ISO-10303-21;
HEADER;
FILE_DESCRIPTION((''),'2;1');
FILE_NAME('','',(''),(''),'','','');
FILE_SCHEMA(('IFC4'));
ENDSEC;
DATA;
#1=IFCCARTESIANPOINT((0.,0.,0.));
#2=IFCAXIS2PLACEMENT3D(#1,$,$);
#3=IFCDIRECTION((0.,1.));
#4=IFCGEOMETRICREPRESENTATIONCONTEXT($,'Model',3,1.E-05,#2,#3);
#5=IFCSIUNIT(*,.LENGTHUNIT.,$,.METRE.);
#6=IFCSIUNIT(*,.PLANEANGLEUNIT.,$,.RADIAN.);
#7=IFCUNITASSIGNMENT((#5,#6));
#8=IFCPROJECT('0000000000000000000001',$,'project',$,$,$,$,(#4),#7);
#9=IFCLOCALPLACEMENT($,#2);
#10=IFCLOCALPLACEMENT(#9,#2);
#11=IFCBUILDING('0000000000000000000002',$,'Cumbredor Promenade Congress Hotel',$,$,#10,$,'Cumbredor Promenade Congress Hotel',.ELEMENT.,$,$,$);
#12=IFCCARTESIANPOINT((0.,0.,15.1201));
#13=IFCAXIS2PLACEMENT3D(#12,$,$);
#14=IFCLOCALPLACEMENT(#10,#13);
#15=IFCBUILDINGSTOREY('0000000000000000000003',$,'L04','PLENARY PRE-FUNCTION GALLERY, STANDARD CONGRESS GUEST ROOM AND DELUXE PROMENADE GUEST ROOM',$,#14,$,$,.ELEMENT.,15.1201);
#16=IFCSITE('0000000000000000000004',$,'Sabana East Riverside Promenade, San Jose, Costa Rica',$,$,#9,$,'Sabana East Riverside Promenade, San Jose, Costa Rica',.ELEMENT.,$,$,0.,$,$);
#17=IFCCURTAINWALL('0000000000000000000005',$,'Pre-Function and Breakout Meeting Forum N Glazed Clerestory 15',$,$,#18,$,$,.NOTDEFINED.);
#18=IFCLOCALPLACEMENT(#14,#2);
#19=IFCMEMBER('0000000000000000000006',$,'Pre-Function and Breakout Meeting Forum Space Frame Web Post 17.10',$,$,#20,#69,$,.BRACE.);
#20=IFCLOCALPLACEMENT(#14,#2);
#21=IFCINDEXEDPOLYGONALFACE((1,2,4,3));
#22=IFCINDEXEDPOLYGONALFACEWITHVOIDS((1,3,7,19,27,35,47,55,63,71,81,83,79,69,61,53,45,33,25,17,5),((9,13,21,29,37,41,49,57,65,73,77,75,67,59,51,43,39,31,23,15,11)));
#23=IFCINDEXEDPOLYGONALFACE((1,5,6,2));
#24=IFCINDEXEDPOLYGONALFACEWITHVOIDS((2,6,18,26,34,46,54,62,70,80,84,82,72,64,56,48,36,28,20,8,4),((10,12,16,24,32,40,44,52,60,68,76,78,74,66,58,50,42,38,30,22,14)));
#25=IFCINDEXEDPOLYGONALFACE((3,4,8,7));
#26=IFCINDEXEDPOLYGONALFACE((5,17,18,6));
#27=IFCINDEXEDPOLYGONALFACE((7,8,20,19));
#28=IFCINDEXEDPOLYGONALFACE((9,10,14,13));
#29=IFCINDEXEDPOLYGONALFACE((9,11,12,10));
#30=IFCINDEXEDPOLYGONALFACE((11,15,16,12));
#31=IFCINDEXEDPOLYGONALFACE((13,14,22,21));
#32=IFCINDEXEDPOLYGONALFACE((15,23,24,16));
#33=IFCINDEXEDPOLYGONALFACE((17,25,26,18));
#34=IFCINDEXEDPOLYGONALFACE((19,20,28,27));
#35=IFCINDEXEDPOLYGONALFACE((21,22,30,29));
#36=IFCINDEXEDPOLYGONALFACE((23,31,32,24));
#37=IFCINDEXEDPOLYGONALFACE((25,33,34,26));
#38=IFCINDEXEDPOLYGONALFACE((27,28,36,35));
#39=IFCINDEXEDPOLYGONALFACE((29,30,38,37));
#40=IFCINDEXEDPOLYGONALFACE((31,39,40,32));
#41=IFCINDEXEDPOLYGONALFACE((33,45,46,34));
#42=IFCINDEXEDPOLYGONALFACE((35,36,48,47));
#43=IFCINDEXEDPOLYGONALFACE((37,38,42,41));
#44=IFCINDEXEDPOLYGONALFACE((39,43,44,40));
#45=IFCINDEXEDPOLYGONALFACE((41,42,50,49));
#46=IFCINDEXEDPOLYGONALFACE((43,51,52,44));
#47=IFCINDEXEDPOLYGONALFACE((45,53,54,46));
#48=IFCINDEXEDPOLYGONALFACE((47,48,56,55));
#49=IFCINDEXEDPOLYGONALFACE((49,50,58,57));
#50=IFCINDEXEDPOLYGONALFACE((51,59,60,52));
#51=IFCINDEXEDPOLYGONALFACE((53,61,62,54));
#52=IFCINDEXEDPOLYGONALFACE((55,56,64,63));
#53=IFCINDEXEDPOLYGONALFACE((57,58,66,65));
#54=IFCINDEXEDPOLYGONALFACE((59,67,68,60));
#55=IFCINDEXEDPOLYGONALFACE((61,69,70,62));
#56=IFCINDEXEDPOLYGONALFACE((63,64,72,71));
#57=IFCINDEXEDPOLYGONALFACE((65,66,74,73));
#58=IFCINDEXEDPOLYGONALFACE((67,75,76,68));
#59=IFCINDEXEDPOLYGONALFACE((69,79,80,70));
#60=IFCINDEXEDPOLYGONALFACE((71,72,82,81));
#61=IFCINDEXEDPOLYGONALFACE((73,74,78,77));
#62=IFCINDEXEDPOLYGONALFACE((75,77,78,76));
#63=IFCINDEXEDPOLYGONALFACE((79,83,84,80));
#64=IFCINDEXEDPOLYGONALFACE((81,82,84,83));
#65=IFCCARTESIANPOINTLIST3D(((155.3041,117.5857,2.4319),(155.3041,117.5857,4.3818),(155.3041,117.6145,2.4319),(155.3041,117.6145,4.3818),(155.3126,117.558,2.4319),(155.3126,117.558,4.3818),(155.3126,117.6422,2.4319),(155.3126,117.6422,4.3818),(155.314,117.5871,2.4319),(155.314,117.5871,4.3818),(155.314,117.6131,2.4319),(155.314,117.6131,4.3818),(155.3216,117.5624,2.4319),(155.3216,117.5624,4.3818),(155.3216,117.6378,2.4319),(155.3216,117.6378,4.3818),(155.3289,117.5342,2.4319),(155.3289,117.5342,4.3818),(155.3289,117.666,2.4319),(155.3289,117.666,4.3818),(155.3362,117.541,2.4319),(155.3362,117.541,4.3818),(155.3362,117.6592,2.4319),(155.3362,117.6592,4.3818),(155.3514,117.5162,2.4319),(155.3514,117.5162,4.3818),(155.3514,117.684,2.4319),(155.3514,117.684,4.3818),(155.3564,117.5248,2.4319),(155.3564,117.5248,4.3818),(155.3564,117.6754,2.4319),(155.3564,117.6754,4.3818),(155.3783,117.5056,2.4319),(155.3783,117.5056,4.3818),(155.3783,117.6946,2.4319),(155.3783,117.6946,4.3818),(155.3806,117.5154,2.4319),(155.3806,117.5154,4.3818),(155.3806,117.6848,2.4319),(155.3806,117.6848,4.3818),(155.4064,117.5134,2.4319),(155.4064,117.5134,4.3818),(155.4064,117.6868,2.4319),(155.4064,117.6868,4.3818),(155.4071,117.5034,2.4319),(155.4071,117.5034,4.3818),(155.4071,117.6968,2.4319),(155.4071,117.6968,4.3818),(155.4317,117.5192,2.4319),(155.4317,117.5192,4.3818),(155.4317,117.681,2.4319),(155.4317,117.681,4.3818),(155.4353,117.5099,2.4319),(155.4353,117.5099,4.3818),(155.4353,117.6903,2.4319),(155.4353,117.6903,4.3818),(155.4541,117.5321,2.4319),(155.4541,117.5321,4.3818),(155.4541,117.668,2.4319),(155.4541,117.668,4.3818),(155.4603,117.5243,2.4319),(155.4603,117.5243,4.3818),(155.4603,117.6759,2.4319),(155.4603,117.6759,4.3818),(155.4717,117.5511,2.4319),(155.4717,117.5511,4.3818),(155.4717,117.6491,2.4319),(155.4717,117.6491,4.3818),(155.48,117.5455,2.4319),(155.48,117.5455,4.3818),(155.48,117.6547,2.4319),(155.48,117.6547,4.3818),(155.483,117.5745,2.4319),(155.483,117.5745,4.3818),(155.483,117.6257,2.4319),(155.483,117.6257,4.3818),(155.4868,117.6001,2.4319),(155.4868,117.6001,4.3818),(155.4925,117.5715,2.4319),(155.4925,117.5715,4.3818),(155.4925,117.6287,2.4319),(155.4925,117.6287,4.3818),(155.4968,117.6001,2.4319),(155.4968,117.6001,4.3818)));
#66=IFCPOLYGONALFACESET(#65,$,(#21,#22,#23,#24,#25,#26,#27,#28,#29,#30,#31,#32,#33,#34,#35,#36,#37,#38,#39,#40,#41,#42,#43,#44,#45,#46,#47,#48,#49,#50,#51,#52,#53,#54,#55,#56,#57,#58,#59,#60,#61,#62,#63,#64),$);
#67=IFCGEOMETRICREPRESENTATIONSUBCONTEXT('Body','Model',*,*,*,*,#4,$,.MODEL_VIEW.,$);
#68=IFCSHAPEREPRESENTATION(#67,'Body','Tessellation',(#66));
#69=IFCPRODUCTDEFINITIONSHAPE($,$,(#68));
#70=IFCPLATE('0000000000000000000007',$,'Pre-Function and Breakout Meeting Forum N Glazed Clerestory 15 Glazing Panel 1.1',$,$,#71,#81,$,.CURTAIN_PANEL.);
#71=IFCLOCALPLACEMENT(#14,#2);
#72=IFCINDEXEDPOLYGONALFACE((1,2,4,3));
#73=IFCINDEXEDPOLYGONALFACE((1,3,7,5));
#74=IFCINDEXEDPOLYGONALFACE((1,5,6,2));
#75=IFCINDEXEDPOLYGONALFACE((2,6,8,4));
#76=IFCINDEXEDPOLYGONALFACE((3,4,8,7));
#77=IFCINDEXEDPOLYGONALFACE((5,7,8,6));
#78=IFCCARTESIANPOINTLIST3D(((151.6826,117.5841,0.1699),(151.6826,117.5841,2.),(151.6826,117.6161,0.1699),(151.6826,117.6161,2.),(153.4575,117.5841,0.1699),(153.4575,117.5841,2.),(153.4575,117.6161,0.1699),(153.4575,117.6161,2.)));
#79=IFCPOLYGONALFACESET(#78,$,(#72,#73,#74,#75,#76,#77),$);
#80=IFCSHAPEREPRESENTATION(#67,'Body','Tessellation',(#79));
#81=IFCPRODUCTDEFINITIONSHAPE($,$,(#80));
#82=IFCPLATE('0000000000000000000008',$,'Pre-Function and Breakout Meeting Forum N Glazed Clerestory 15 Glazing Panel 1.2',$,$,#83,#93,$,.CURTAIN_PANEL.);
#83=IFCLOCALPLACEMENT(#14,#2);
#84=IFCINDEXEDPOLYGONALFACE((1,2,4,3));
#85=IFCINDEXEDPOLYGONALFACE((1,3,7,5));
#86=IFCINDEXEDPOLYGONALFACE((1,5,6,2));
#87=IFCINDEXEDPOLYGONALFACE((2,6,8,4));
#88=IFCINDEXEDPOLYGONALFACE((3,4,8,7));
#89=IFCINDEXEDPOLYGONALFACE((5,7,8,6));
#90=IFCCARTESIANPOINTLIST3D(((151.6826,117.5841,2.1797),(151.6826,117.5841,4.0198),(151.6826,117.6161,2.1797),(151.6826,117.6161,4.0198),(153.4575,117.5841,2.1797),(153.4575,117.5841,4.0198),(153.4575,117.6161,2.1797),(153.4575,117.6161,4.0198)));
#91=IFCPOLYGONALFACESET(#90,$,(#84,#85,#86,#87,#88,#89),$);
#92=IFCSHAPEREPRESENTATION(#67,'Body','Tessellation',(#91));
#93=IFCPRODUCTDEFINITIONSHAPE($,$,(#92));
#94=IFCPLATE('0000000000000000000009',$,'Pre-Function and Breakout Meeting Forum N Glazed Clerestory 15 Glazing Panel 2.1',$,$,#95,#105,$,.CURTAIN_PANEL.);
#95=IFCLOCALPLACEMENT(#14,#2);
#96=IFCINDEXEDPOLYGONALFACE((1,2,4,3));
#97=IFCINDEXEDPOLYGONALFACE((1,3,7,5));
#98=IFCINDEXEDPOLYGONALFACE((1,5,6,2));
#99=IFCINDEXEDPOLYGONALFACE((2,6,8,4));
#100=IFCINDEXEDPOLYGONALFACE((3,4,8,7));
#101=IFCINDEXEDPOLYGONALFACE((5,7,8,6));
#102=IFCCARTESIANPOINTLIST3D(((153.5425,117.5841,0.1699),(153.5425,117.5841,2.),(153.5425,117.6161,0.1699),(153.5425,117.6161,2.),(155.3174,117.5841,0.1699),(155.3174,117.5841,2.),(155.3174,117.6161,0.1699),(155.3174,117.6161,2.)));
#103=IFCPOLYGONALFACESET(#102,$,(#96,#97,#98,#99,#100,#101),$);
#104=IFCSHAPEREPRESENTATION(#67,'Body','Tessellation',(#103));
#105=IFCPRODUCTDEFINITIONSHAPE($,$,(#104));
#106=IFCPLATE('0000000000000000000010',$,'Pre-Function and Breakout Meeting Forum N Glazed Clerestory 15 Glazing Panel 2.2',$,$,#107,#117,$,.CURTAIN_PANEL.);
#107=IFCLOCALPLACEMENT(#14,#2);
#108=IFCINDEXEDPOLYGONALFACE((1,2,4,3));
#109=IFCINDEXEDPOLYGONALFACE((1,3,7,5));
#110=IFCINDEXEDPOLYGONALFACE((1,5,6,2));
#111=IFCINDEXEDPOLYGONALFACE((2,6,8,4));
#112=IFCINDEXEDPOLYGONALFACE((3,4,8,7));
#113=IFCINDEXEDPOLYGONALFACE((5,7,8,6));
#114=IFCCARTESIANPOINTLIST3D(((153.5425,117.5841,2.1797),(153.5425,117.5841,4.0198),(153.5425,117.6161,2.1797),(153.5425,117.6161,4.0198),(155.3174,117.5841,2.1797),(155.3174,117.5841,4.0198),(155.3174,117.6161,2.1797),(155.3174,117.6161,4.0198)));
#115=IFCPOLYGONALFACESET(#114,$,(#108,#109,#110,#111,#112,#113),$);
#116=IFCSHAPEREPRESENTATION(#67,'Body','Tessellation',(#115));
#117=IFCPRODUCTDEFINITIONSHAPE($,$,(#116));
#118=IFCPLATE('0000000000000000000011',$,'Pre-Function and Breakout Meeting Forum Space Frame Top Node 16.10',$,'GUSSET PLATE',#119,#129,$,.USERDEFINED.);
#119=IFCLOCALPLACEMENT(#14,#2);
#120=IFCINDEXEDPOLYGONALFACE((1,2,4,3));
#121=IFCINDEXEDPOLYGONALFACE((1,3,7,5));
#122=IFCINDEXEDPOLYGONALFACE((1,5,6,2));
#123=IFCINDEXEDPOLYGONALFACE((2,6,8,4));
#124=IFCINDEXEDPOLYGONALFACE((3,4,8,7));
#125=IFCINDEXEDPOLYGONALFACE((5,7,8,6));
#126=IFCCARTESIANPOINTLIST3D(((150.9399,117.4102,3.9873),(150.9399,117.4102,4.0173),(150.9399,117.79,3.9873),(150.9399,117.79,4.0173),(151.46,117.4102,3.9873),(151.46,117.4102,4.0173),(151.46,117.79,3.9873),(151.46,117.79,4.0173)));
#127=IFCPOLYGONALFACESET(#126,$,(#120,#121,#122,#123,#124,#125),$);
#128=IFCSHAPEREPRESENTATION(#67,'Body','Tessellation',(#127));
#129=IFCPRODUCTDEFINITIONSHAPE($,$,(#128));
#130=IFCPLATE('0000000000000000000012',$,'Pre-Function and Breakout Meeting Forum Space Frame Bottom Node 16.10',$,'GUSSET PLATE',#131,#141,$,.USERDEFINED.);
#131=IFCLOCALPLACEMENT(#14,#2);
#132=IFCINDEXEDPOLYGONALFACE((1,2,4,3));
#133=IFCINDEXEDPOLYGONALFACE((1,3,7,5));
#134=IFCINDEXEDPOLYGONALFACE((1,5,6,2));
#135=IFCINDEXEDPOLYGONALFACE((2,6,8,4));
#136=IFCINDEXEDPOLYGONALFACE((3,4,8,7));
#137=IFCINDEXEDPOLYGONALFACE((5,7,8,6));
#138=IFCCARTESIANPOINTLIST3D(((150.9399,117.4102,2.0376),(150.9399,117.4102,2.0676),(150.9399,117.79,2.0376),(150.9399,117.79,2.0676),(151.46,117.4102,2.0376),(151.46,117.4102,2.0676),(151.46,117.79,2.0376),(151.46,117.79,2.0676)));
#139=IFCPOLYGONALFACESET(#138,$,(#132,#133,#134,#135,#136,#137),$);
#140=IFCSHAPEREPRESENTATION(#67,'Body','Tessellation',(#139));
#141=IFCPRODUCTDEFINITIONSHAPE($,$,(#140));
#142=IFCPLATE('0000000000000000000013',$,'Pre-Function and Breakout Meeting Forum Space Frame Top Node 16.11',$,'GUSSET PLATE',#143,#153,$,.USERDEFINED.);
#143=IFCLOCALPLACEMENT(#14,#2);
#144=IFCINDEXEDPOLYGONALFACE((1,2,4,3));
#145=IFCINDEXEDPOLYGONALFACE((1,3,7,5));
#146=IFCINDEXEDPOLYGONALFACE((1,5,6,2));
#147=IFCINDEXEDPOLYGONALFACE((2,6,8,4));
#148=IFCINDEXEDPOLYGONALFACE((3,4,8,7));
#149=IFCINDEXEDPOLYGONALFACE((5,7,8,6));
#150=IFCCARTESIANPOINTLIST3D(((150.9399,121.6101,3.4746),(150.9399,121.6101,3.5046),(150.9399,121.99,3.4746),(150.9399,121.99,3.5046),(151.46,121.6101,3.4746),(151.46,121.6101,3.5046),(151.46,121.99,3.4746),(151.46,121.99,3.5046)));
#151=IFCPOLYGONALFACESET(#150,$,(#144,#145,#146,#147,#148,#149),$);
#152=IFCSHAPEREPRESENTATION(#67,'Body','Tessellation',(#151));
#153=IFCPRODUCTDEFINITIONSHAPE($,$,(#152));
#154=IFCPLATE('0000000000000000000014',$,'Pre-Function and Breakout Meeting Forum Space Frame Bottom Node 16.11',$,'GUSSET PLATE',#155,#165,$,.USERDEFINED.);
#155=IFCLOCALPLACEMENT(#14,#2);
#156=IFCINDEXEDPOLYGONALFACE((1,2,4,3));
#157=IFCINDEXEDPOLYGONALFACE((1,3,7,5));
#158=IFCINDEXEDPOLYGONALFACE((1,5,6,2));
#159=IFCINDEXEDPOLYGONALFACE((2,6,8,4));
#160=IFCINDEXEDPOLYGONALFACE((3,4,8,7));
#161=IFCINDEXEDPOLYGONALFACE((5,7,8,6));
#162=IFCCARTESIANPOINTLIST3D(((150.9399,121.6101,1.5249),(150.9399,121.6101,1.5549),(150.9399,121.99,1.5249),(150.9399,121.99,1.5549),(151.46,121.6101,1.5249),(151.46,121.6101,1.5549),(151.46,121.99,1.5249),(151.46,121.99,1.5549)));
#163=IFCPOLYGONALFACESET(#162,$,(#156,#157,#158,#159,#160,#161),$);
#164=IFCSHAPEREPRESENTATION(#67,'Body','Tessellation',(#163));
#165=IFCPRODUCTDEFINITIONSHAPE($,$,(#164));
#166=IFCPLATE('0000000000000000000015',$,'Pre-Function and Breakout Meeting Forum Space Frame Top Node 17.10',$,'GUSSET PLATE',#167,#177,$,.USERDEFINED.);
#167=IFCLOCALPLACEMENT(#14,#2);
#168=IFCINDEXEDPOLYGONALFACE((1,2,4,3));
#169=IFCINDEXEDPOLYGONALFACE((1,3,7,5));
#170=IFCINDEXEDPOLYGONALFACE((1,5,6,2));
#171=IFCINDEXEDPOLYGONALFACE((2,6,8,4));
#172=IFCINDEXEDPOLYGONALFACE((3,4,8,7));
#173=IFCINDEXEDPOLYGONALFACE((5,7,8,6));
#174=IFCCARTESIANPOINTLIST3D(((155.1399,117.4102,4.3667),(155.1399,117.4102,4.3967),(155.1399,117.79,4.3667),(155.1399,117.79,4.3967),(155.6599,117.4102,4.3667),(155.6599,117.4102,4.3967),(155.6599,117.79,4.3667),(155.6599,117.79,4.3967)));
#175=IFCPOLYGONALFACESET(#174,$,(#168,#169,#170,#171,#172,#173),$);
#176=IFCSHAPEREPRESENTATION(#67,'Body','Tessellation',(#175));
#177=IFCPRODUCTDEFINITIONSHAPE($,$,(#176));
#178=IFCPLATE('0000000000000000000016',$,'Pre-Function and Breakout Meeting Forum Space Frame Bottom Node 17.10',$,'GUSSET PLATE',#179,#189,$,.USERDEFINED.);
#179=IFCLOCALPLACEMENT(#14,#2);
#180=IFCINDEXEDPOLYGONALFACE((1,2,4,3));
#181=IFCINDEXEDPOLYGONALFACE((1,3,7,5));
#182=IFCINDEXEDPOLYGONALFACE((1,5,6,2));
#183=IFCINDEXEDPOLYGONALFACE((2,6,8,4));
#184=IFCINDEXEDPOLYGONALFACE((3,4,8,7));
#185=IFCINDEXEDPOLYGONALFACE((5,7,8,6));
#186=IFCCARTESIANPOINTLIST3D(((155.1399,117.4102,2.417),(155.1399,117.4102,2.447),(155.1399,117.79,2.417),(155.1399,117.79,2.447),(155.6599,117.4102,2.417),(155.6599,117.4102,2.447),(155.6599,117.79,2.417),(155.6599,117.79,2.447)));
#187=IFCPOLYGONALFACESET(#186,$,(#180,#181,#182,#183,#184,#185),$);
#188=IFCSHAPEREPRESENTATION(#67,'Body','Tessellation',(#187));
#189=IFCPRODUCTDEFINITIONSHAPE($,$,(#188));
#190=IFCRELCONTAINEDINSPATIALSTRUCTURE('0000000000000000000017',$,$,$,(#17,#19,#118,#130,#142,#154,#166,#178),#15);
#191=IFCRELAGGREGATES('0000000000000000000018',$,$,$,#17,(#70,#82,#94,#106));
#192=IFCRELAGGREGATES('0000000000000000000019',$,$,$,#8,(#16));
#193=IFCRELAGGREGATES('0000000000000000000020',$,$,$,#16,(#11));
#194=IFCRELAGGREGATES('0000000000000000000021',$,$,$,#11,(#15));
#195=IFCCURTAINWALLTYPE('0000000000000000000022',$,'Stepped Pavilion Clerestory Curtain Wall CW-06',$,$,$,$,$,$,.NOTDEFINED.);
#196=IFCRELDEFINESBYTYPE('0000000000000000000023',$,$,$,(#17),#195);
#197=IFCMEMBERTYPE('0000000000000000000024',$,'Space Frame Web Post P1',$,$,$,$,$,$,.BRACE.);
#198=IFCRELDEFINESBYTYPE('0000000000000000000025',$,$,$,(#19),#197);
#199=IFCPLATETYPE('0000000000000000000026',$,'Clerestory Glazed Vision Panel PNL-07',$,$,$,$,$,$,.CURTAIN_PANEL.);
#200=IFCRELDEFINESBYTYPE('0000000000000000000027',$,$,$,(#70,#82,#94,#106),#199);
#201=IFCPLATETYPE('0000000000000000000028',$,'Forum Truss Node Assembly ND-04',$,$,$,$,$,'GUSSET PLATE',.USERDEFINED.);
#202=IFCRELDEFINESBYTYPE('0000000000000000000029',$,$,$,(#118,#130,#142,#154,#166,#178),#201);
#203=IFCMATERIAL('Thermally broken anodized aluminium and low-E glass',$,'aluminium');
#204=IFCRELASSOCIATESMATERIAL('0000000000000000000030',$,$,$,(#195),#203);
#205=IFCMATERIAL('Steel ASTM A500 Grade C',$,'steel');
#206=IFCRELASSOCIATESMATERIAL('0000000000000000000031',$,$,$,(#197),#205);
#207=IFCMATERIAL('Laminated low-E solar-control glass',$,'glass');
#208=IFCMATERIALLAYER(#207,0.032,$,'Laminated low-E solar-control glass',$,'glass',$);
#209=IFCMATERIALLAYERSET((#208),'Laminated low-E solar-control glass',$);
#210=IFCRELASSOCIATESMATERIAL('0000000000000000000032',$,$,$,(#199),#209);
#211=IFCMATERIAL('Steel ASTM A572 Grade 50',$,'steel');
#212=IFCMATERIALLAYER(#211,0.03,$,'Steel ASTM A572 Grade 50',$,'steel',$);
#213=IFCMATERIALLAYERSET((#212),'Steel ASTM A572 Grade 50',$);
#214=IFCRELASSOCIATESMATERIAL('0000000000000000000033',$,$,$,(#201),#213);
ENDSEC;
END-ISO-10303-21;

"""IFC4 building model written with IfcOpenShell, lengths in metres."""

from ifc_helpers import new_model, si_unit, direction, frame, origin, origin_2d, place, context, subcontext, project, spatial, rectangle, hollow_circle, extrude, material, layer, layer_set, material_profile, profile_set, type_object, element, aggregate, save


model = new_model("IFC4")

# Units and contexts
model_context = context("Model", 3, precision=1e-05, world=origin(), true_north=direction((0.0, 1.0)))
body_context = subcontext(model_context, "Body", "Model", "MODEL_VIEW")
ifc_project = project(units=[si_unit("LENGTHUNIT", "METRE"), si_unit("PLANEANGLEUNIT", "RADIAN")], contexts=[model_context])

# Site, building, storey
site_placement = place(None, origin())
site = spatial("IfcSite", under=ifc_project, at=site_placement, Name="Sabana East Riverside Promenade, San Jose, Costa Rica", LongName="Sabana East Riverside Promenade, San Jose, Costa Rica", CompositionType="ELEMENT", RefElevation=0.0)
building_placement = place(site_placement, origin())
building = spatial("IfcBuilding", under=site, at=building_placement, Name="Cumbredor Promenade Congress Hotel", LongName="Cumbredor Promenade Congress Hotel", CompositionType="ELEMENT")
storey_placement = place(building_placement, frame((0.0, 0.0, 15.1201)))
storey = spatial("IfcBuildingStorey", under=building, at=storey_placement, Name="L04", Description="PLENARY PRE-FUNCTION GALLERY, STANDARD CONGRESS GUEST ROOM AND DELUXE PROMENADE GUEST ROOM", CompositionType="ELEMENT", Elevation=15.1201)

# Curtain wall
ifc_material_1 = material(Name="Thermally broken anodized aluminium and low-E glass", Category="aluminium")
curtain_wall_type = type_object("IfcCurtainWallType", Name="Stepped Pavilion Clerestory Curtain Wall CW-06", PredefinedType="NOTDEFINED", material=ifc_material_1)
curtain_wall_placement = place(storey_placement, origin())
curtain_wall = element("IfcCurtainWall", 1, at=curtain_wall_placement, inside=storey, type_object=curtain_wall_type, Name="Pre-Function and Breakout Meeting Forum N Glazed Clerestory 15", PredefinedType="NOTDEFINED")

# Member
ifc_material_2 = material(Name="Steel ASTM A500 Grade C", Category="steel")
ifc_material_profile_1 = material_profile(ifc_material_2, hollow_circle(Radius=0.0969, WallThickness=0.01, at=origin_2d()), Name="CHS 193.7x10")
ifc_profile_set_1 = profile_set([ifc_material_profile_1], Name="Steel ASTM A500 Grade C")
member_type_1 = type_object("IfcMemberType", Name="Space Frame Web Post P1", PredefinedType="BRACE", material=ifc_profile_set_1)
for number, where, z_axis, x_axis, name in (
    (2, (155.3999, 117.6001, 2.4319), (0.0, 0.0, 1.0), (1.0, 0.0, 0.0), "Pre-Function and Breakout Meeting Forum Space Frame Web Post 17.10"),
):
    element("IfcMember", number, at=place(storey_placement, frame(where, z_axis=z_axis, x_axis=x_axis)), inside=storey, type_object=member_type_1, Name=name, PredefinedType="BRACE", context=body_context, shape_type="SweptSolid", body=[
        extrude(hollow_circle(Radius=0.0969, WallThickness=0.01, at=origin_2d()), origin(), (0.0, 0.0, 1.0), 1.95),
    ])

# Plates
ifc_material_3 = material(Name="Laminated low-E solar-control glass", Category="glass")
ifc_layer_1 = layer(ifc_material_3, 0.032, Name="Laminated low-E solar-control glass", Category="glass")
ifc_layer_set_1 = layer_set([ifc_layer_1], Name="Laminated low-E solar-control glass")
plate_type_1 = type_object("IfcPlateType", Name="Clerestory Glazed Vision Panel PNL-07", PredefinedType="CURTAIN_PANEL", material=ifc_layer_set_1)
plate_1_placement = place(storey_placement, frame((152.5701, 117.6001, 0.1699), z_axis=(0.0, 0.0, 1.0), x_axis=(1.0, 0.0, 0.0)))
plate_1 = element("IfcPlate", 3, at=plate_1_placement, type_object=plate_type_1, Name="Pre-Function and Breakout Meeting Forum N Glazed Clerestory 15 Glazing Panel 1.1", PredefinedType="CURTAIN_PANEL", context=body_context, shape_type="SweptSolid", body=[
    extrude(rectangle(XDim=1.7749, YDim=0.032, at=origin_2d()), origin(), (0.0, 0.0, 1.0), 1.8301),
])
plate_2_placement = place(storey_placement, frame((152.5701, 117.6001, 2.1797), z_axis=(0.0, 0.0, 1.0), x_axis=(1.0, 0.0, 0.0)))
plate_2 = element("IfcPlate", 4, at=plate_2_placement, type_object=plate_type_1, Name="Pre-Function and Breakout Meeting Forum N Glazed Clerestory 15 Glazing Panel 1.2", PredefinedType="CURTAIN_PANEL", context=body_context, shape_type="SweptSolid", body=[
    extrude(rectangle(XDim=1.7749, YDim=0.032, at=origin_2d()), origin(), (0.0, 0.0, 1.0), 1.8401),
])
plate_3_placement = place(storey_placement, frame((154.4299, 117.6001, 0.1699), z_axis=(0.0, 0.0, 1.0), x_axis=(1.0, 0.0, 0.0)))
plate_3 = element("IfcPlate", 5, at=plate_3_placement, type_object=plate_type_1, Name="Pre-Function and Breakout Meeting Forum N Glazed Clerestory 15 Glazing Panel 2.1", PredefinedType="CURTAIN_PANEL", context=body_context, shape_type="SweptSolid", body=[
    extrude(rectangle(XDim=1.7749, YDim=0.032, at=origin_2d()), origin(), (0.0, 0.0, 1.0), 1.8301),
])
plate_4_placement = place(storey_placement, frame((154.4299, 117.6001, 2.1797), z_axis=(0.0, 0.0, 1.0), x_axis=(1.0, 0.0, 0.0)))
plate_4 = element("IfcPlate", 6, at=plate_4_placement, type_object=plate_type_1, Name="Pre-Function and Breakout Meeting Forum N Glazed Clerestory 15 Glazing Panel 2.2", PredefinedType="CURTAIN_PANEL", context=body_context, shape_type="SweptSolid", body=[
    extrude(rectangle(XDim=1.7749, YDim=0.032, at=origin_2d()), origin(), (0.0, 0.0, 1.0), 1.8401),
])
aggregate(curtain_wall, [plate_1, plate_2, plate_3, plate_4])

# Plates
ifc_material_4 = material(Name="Steel ASTM A572 Grade 50", Category="steel")
ifc_layer_2 = layer(ifc_material_4, 0.03, Name="Steel ASTM A572 Grade 50", Category="steel")
ifc_layer_set_2 = layer_set([ifc_layer_2], Name="Steel ASTM A572 Grade 50")
plate_type_2 = type_object("IfcPlateType", Name="Forum Truss Node Assembly ND-04", ElementType="GUSSET PLATE", PredefinedType="USERDEFINED", material=ifc_layer_set_2)
for number, where, z_axis, x_axis, name in (
    (7, (151.2, 117.6001, 3.9873), (0.0, 0.0, 1.0), (1.0, 0.0, 0.0), "Pre-Function and Breakout Meeting Forum Space Frame Top Node 16.10"),
    (8, (151.2, 117.6001, 2.0376), (0.0, 0.0, 1.0), (1.0, 0.0, 0.0), "Pre-Function and Breakout Meeting Forum Space Frame Bottom Node 16.10"),
    (9, (151.2, 121.8, 3.4746), (0.0, 0.0, 1.0), (1.0, 0.0, 0.0), "Pre-Function and Breakout Meeting Forum Space Frame Top Node 16.11"),
    (10, (151.2, 121.8, 1.5249), (0.0, 0.0, 1.0), (1.0, 0.0, 0.0), "Pre-Function and Breakout Meeting Forum Space Frame Bottom Node 16.11"),
    (11, (155.3999, 117.6001, 4.3667), (0.0, 0.0, 1.0), (1.0, 0.0, 0.0), "Pre-Function and Breakout Meeting Forum Space Frame Top Node 17.10"),
    (12, (155.3999, 117.6001, 2.417), (0.0, 0.0, 1.0), (1.0, 0.0, 0.0), "Pre-Function and Breakout Meeting Forum Space Frame Bottom Node 17.10"),
):
    element("IfcPlate", number, at=place(storey_placement, frame(where, z_axis=z_axis, x_axis=x_axis)), inside=storey, type_object=plate_type_2, Name=name, ObjectType="GUSSET PLATE", PredefinedType="USERDEFINED", context=body_context, shape_type="SweptSolid", body=[
        extrude(rectangle(XDim=0.52, YDim=0.3799, at=origin_2d()), origin(), (0.0, 0.0, 1.0), 0.03),
    ])

save(model, "model.ifc")
